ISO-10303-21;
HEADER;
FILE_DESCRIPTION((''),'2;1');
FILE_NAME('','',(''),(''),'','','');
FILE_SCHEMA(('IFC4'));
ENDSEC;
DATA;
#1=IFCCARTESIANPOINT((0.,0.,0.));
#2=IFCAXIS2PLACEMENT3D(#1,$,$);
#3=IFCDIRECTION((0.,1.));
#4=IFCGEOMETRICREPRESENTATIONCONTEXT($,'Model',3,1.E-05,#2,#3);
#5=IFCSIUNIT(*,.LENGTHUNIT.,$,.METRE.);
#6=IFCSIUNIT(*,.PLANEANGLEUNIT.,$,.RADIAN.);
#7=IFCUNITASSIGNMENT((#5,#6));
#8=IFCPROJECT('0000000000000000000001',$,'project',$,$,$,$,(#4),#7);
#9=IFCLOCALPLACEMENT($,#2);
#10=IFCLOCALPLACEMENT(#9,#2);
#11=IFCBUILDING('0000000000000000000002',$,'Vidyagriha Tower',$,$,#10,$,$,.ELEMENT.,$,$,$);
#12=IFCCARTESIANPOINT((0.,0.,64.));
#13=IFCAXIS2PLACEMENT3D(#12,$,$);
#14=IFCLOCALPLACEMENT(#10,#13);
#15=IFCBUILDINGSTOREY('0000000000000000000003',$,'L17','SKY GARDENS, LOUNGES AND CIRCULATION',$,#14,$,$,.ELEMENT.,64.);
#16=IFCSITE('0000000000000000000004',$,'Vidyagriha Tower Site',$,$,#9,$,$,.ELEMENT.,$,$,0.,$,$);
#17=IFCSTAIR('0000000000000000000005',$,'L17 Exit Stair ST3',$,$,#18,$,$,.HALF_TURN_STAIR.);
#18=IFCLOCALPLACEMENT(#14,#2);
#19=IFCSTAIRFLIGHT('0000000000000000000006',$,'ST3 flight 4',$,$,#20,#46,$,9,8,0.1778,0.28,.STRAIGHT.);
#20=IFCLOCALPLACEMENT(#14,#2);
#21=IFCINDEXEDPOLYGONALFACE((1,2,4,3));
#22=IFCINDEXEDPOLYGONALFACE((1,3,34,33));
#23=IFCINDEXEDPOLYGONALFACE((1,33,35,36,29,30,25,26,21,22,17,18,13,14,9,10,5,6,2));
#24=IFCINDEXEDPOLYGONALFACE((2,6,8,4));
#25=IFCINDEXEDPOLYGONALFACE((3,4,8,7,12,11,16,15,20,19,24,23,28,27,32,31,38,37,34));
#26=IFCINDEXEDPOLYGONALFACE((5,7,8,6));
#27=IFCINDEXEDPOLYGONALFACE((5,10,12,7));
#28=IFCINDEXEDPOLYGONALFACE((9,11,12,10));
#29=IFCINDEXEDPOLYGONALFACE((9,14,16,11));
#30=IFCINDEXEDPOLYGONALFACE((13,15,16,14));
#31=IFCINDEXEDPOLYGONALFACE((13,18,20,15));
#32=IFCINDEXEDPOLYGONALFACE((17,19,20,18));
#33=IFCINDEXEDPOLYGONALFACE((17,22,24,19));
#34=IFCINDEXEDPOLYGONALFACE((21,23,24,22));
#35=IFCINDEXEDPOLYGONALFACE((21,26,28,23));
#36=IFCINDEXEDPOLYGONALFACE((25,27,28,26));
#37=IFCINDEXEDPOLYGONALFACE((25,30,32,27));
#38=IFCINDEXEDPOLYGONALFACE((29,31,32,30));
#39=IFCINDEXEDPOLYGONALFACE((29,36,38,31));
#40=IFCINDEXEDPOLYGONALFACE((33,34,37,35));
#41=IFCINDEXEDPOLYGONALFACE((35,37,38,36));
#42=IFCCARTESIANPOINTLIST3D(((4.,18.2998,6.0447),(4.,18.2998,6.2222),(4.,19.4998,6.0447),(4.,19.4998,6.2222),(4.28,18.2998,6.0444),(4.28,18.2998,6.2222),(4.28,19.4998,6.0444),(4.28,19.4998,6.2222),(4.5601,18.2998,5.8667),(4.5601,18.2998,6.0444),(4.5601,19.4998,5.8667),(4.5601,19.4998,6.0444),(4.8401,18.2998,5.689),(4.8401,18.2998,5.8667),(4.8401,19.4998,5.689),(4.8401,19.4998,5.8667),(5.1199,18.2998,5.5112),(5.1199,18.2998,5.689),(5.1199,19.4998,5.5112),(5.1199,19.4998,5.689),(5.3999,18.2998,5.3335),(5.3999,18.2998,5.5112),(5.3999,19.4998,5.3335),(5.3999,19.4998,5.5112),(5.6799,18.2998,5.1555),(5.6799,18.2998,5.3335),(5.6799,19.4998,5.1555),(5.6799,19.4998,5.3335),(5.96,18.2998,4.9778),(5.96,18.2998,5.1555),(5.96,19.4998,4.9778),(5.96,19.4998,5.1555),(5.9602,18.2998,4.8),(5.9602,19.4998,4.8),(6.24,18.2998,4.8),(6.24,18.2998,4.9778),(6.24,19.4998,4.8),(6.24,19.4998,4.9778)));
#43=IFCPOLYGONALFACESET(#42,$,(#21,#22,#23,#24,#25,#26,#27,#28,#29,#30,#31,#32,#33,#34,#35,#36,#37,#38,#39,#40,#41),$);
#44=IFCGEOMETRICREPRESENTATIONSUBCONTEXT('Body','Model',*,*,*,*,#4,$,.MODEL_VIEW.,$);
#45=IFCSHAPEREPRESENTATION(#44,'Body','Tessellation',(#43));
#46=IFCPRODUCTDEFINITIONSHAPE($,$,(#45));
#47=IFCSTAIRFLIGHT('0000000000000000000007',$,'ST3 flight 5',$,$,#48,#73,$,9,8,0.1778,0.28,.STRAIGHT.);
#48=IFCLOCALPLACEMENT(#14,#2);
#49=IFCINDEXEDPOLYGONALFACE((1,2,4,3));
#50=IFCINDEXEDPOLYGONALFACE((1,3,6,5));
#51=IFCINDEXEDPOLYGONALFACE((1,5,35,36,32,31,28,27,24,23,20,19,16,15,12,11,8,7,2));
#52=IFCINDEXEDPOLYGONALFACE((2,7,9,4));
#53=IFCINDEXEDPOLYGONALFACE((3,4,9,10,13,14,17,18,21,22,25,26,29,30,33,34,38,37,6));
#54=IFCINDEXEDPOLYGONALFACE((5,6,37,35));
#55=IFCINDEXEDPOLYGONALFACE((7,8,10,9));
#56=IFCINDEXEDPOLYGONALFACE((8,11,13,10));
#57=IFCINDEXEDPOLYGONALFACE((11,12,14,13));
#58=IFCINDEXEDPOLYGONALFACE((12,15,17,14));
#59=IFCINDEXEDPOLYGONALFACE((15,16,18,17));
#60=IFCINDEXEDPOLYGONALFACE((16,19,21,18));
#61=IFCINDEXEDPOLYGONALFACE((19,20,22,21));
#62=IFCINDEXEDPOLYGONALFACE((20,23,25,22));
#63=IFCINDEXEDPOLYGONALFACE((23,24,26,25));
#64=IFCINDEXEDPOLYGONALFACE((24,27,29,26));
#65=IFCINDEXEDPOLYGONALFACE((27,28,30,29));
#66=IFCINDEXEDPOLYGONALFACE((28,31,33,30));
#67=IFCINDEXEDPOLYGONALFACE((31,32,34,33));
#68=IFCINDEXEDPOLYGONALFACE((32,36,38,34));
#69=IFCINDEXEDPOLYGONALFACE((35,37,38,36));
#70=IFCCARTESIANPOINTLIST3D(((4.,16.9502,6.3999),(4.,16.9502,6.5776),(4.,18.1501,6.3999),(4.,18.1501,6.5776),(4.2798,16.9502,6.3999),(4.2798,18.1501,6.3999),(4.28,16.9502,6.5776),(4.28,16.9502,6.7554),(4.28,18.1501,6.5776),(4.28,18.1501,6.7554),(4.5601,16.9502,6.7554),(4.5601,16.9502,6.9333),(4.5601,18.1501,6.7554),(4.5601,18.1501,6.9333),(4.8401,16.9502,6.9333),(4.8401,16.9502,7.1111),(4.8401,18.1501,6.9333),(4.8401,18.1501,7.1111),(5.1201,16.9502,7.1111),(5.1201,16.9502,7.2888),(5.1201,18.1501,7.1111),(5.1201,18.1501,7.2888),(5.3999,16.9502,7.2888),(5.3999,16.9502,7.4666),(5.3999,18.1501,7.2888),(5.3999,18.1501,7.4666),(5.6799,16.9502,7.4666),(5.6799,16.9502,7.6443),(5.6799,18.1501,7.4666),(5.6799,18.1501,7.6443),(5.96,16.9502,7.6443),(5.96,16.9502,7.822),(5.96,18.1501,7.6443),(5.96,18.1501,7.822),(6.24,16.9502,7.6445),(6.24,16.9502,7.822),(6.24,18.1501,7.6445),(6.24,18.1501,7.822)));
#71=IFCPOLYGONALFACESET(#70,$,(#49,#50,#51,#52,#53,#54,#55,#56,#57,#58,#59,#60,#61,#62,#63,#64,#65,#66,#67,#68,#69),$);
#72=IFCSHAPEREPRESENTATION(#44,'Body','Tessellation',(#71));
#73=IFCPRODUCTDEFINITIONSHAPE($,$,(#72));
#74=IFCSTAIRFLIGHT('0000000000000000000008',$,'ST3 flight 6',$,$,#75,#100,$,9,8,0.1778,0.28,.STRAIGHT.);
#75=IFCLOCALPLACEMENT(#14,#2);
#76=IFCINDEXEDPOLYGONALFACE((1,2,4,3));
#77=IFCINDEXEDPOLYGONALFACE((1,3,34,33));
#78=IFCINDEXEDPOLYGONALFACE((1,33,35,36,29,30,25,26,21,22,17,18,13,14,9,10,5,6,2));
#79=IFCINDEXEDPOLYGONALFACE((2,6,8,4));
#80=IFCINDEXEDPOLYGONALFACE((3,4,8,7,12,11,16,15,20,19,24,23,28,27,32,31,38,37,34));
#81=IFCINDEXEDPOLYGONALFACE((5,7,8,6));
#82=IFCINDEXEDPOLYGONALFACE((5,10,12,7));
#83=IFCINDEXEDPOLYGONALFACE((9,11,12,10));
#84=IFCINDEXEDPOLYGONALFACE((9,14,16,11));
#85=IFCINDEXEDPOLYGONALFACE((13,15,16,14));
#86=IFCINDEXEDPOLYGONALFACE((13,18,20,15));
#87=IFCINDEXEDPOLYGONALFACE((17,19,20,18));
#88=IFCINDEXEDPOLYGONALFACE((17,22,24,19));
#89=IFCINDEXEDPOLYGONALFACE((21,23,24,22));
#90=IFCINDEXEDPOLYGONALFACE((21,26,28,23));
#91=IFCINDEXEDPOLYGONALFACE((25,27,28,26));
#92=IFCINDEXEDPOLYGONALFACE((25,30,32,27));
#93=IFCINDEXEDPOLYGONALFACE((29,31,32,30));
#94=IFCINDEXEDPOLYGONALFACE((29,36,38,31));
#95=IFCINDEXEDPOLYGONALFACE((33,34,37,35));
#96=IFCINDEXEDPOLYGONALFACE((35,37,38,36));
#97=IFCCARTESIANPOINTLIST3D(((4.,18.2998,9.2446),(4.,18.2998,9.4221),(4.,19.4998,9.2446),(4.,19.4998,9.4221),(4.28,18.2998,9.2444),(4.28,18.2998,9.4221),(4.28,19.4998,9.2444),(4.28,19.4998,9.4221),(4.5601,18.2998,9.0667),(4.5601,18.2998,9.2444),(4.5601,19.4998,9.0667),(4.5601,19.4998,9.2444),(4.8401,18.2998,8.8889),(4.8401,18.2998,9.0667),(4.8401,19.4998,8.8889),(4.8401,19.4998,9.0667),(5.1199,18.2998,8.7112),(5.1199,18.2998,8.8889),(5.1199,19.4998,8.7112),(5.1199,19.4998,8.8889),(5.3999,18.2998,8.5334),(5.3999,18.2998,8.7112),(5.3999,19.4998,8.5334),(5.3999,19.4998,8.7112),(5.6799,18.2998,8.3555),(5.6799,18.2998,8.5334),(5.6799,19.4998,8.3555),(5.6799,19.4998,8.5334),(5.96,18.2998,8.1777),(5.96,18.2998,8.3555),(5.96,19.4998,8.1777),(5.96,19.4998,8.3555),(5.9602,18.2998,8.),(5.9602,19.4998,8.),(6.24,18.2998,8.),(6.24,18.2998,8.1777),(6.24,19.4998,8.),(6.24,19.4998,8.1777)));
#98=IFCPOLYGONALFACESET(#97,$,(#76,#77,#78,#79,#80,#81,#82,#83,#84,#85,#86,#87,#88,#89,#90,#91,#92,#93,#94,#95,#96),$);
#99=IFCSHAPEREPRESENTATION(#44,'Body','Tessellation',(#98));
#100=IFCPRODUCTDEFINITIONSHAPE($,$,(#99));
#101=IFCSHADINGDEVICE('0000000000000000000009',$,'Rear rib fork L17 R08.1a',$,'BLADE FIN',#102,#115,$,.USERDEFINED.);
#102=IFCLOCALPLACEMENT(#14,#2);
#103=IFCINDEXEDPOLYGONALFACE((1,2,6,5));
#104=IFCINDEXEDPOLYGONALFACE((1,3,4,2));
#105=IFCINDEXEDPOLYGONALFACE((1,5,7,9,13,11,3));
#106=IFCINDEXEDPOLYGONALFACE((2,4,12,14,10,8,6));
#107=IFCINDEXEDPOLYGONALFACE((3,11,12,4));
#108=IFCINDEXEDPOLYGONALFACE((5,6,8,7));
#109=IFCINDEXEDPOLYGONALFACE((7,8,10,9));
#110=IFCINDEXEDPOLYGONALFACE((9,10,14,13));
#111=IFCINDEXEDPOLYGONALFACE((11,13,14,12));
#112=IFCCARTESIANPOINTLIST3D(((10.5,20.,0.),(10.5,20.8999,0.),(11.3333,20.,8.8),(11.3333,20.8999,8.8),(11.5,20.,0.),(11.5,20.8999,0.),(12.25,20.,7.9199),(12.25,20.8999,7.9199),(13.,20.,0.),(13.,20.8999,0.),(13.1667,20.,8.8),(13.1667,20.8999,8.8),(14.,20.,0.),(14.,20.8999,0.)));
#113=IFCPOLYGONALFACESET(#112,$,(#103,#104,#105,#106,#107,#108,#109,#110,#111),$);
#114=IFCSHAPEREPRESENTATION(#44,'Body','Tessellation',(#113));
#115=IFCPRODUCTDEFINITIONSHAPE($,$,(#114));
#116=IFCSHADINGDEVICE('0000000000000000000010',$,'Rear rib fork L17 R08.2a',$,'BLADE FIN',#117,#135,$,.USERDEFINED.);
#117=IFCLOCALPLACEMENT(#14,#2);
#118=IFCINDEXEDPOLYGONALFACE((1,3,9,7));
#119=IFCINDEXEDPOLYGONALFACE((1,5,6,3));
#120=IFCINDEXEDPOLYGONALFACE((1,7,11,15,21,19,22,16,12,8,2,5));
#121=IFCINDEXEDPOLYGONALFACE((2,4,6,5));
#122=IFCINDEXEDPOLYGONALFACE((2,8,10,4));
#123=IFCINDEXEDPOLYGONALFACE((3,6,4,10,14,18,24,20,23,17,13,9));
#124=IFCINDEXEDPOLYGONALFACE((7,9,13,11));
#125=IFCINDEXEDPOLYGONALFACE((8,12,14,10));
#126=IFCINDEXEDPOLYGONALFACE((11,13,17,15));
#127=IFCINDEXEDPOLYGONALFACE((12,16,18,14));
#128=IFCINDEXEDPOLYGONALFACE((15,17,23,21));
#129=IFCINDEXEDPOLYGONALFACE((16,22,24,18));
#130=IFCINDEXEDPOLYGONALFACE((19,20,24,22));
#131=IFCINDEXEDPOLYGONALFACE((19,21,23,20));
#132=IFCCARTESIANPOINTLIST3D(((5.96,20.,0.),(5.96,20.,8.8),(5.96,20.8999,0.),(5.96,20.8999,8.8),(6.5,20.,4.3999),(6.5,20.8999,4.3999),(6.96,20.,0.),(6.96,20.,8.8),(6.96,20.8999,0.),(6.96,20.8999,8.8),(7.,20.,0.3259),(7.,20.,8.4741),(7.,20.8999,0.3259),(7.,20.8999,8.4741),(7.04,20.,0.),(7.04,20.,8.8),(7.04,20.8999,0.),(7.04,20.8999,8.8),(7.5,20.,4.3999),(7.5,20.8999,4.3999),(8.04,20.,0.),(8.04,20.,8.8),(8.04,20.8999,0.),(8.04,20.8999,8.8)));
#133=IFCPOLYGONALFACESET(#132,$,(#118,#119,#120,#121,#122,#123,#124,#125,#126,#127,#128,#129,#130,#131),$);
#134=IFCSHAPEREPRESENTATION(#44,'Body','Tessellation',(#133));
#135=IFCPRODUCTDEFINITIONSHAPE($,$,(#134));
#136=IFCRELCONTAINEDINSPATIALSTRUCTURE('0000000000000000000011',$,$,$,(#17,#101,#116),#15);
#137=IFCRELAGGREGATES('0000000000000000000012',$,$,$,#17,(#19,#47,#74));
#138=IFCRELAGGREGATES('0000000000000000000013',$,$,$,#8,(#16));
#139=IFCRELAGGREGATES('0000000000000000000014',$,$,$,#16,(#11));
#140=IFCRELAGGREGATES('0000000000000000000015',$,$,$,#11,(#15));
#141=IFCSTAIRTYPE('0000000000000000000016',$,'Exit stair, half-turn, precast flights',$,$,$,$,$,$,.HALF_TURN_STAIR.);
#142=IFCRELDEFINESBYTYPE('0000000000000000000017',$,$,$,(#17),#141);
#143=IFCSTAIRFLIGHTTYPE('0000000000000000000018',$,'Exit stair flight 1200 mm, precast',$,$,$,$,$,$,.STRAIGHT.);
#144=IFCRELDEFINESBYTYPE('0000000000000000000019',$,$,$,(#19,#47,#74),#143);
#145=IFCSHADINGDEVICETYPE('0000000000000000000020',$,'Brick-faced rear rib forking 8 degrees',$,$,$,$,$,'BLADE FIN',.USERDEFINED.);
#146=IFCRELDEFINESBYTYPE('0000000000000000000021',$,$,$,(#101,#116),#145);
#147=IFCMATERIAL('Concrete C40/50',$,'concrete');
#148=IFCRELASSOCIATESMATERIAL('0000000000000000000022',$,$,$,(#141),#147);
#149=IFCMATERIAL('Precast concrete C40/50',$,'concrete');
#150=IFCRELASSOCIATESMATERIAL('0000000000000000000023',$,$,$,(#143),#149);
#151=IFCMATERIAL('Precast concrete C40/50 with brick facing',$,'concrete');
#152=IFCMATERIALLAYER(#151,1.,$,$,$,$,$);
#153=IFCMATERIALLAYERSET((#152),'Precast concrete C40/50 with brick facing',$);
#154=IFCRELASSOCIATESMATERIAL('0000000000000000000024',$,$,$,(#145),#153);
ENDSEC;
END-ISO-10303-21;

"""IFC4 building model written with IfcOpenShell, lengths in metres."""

from ifc_helpers import new_model, si_unit, direction, frame, origin, place, context, subcontext, project, spatial, polyline, outline, extrude, material, layer, layer_set, type_object, element, aggregate, save


model = new_model("IFC4")

# Units and contexts
model_context = context("Model", 3, precision=1e-05, world=origin(), true_north=direction((0.0, 1.0)))
body_context = subcontext(model_context, "Body", "Model", "MODEL_VIEW")
ifc_project = project(units=[si_unit("LENGTHUNIT", "METRE"), si_unit("PLANEANGLEUNIT", "RADIAN")], contexts=[model_context])

# Site, building, storey
site_placement = place(None, origin())
site = spatial("IfcSite", under=ifc_project, at=site_placement, Name="Vidyagriha Tower Site", CompositionType="ELEMENT", RefElevation=0.0)
building_placement = place(site_placement, origin())
building = spatial("IfcBuilding", under=site, at=building_placement, Name="Vidyagriha Tower", CompositionType="ELEMENT")
storey_placement = place(building_placement, frame((0.0, 0.0, 64.0)))
storey = spatial("IfcBuildingStorey", under=building, at=storey_placement, Name="L17", Description="SKY GARDENS, LOUNGES AND CIRCULATION", CompositionType="ELEMENT", Elevation=64.0)

# Stair, stair flights
ifc_material_1 = material(Name="Concrete C40/50", Category="concrete")
stair_type = type_object("IfcStairType", Name="Exit stair, half-turn, precast flights", PredefinedType="HALF_TURN_STAIR", material=ifc_material_1)
stair_placement = place(storey_placement, origin())
stair = element("IfcStair", 1, at=stair_placement, inside=storey, type_object=stair_type, Name="L17 Exit Stair ST3", PredefinedType="HALF_TURN_STAIR")
ifc_material_2 = material(Name="Precast concrete C40/50", Category="concrete")
stair_flight_type = type_object("IfcStairFlightType", Name="Exit stair flight 1200 mm, precast", PredefinedType="STRAIGHT", material=ifc_material_2)
stair_flight_1_placement = place(storey_placement, frame((6.24, 18.8999, 4.8), z_axis=(0.0, 0.0, 1.0), x_axis=(-1.0, 0.0, 0.0)))
stair_flight_1 = element("IfcStairFlight", 2, at=stair_flight_1_placement, type_object=stair_flight_type, Name="ST3 flight 4", NumberOfRisers=9, NumberOfTreads=8, PredefinedType="STRAIGHT", RiserHeight=0.1778, TreadLength=0.28, context=body_context, shape_type="SweptSolid", body=[
    extrude(outline(polyline([(0.0, 0.0), (0.0, 0.1777), (0.28, 0.1777), (0.28, 0.3555), (0.5601, 0.3555), (0.5601, 0.5334), (0.8401, 0.5334), (0.8401, 0.7112), (1.1201, 0.7112), (1.1201, 0.8889), (1.3999, 0.8889), (1.3999, 1.0667), (1.6799, 1.0667), (1.6799, 1.2444), (1.96, 1.2444), (1.96, 1.4221), (2.24, 1.4221), (2.24, 1.6001), (2.24, 1.2446), (0.2798, 0.0), (0.0, 0.0)])), frame((0.0, 0.6001, 0.0), z_axis=(0.0, -1.0, 0.0), x_axis=(1.0, 0.0, 0.0)), (0.0, 0.0, 1.0), 1.2),
])
stair_flight_2_placement = place(storey_placement, frame((4.0, 17.55, 6.3999)))
stair_flight_2 = element("IfcStairFlight", 3, at=stair_flight_2_placement, type_object=stair_flight_type, Name="ST3 flight 5", NumberOfRisers=9, NumberOfTreads=8, PredefinedType="STRAIGHT", RiserHeight=0.1778, TreadLength=0.28, context=body_context, shape_type="SweptSolid", body=[
    extrude(outline(polyline([(0.0, 0.0), (0.0, 0.1777), (0.28, 0.1777), (0.28, 0.3555), (0.5601, 0.3555), (0.5601, 0.5334), (0.8401, 0.5334), (0.8401, 0.7112), (1.1201, 0.7112), (1.1201, 0.8889), (1.3999, 0.8889), (1.3999, 1.0667), (1.6799, 1.0667), (1.6799, 1.2444), (1.96, 1.2444), (1.96, 1.4221), (2.24, 1.4221), (2.24, 1.6001), (2.24, 1.2446), (0.2798, 0.0), (0.0, 0.0)])), frame((0.0, 0.6001, 0.0), z_axis=(0.0, -1.0, 0.0), x_axis=(1.0, 0.0, 0.0)), (0.0, 0.0, 1.0), 1.2),
])
stair_flight_3_placement = place(storey_placement, frame((6.24, 18.8999, 8.0), z_axis=(0.0, 0.0, 1.0), x_axis=(-1.0, 0.0, 0.0)))
stair_flight_3 = element("IfcStairFlight", 4, at=stair_flight_3_placement, type_object=stair_flight_type, Name="ST3 flight 6", NumberOfRisers=9, NumberOfTreads=8, PredefinedType="STRAIGHT", RiserHeight=0.1778, TreadLength=0.28, context=body_context, shape_type="SweptSolid", body=[
    extrude(outline(polyline([(0.0, 0.0), (0.0, 0.1777), (0.28, 0.1777), (0.28, 0.3555), (0.5601, 0.3555), (0.5601, 0.5334), (0.8401, 0.5334), (0.8401, 0.7112), (1.1201, 0.7112), (1.1201, 0.8889), (1.3999, 0.8889), (1.3999, 1.0667), (1.6799, 1.0667), (1.6799, 1.2444), (1.96, 1.2444), (1.96, 1.4221), (2.24, 1.4221), (2.24, 1.6001), (2.24, 1.2446), (0.2798, 0.0), (0.0, 0.0)])), frame((0.0, 0.6001, 0.0), z_axis=(0.0, -1.0, 0.0), x_axis=(1.0, 0.0, 0.0)), (0.0, 0.0, 1.0), 1.2),
])
aggregate(stair, [stair_flight_1, stair_flight_2, stair_flight_3])

# Shading devices
ifc_material_3 = material(Name="Precast concrete C40/50 with brick facing", Category="concrete")
ifc_layer_1 = layer(ifc_material_3, 1.0)
ifc_layer_set_1 = layer_set([ifc_layer_1], Name="Precast concrete C40/50 with brick facing")
shading_device_type = type_object("IfcShadingDeviceType", Name="Brick-faced rear rib forking 8 degrees", ElementType="BLADE FIN", PredefinedType="USERDEFINED", material=ifc_layer_set_1)
shading_device_1_placement = place(storey_placement, frame((14.0, 20.45, 0.0), z_axis=(0.0, 0.0, 1.0), x_axis=(-1.0, 0.0, 0.0)))
element("IfcShadingDevice", 5, at=shading_device_1_placement, inside=storey, type_object=shading_device_type, Name="Rear rib fork L17 R08.1a", ObjectType="BLADE FIN", PredefinedType="USERDEFINED", context=body_context, shape_type="SweptSolid", body=[
    extrude(outline(polyline([(1.0, 0.0), (1.75, 7.9199), (2.5, 0.0), (3.5, 0.0), (2.6667, 8.8), (0.8333, 8.8), (0.0, 0.0), (1.0, 0.0)])), frame((0.0, 0.45, 0.0), z_axis=(0.0, -1.0, 0.0), x_axis=(1.0, 0.0, 0.0)), (0.0, 0.0, 1.0), 0.8999),
])
shading_device_2_placement = place(storey_placement, frame((8.04, 20.45, 0.0), z_axis=(0.0, 0.0, 1.0), x_axis=(-1.0, 0.0, 0.0)))
element("IfcShadingDevice", 6, at=shading_device_2_placement, inside=storey, type_object=shading_device_type, Name="Rear rib fork L17 R08.2a", ObjectType="BLADE FIN", PredefinedType="USERDEFINED", context=body_context, shape_type="SweptSolid", body=[
    extrude(outline(polyline([(1.0, 0.0), (1.04, 0.3259), (1.0801, 0.0), (2.0801, 0.0), (1.54, 4.3999), (2.0801, 8.8), (1.0801, 8.8), (1.04, 8.4741), (1.0, 8.8), (0.0, 8.8), (0.54, 4.3999), (0.0, 0.0), (1.0, 0.0)])), frame((0.0, 0.45, 0.0), z_axis=(0.0, -1.0, 0.0), x_axis=(1.0, 0.0, 0.0)), (0.0, 0.0, 1.0), 0.8999),
])

save(model, "model.ifc")
